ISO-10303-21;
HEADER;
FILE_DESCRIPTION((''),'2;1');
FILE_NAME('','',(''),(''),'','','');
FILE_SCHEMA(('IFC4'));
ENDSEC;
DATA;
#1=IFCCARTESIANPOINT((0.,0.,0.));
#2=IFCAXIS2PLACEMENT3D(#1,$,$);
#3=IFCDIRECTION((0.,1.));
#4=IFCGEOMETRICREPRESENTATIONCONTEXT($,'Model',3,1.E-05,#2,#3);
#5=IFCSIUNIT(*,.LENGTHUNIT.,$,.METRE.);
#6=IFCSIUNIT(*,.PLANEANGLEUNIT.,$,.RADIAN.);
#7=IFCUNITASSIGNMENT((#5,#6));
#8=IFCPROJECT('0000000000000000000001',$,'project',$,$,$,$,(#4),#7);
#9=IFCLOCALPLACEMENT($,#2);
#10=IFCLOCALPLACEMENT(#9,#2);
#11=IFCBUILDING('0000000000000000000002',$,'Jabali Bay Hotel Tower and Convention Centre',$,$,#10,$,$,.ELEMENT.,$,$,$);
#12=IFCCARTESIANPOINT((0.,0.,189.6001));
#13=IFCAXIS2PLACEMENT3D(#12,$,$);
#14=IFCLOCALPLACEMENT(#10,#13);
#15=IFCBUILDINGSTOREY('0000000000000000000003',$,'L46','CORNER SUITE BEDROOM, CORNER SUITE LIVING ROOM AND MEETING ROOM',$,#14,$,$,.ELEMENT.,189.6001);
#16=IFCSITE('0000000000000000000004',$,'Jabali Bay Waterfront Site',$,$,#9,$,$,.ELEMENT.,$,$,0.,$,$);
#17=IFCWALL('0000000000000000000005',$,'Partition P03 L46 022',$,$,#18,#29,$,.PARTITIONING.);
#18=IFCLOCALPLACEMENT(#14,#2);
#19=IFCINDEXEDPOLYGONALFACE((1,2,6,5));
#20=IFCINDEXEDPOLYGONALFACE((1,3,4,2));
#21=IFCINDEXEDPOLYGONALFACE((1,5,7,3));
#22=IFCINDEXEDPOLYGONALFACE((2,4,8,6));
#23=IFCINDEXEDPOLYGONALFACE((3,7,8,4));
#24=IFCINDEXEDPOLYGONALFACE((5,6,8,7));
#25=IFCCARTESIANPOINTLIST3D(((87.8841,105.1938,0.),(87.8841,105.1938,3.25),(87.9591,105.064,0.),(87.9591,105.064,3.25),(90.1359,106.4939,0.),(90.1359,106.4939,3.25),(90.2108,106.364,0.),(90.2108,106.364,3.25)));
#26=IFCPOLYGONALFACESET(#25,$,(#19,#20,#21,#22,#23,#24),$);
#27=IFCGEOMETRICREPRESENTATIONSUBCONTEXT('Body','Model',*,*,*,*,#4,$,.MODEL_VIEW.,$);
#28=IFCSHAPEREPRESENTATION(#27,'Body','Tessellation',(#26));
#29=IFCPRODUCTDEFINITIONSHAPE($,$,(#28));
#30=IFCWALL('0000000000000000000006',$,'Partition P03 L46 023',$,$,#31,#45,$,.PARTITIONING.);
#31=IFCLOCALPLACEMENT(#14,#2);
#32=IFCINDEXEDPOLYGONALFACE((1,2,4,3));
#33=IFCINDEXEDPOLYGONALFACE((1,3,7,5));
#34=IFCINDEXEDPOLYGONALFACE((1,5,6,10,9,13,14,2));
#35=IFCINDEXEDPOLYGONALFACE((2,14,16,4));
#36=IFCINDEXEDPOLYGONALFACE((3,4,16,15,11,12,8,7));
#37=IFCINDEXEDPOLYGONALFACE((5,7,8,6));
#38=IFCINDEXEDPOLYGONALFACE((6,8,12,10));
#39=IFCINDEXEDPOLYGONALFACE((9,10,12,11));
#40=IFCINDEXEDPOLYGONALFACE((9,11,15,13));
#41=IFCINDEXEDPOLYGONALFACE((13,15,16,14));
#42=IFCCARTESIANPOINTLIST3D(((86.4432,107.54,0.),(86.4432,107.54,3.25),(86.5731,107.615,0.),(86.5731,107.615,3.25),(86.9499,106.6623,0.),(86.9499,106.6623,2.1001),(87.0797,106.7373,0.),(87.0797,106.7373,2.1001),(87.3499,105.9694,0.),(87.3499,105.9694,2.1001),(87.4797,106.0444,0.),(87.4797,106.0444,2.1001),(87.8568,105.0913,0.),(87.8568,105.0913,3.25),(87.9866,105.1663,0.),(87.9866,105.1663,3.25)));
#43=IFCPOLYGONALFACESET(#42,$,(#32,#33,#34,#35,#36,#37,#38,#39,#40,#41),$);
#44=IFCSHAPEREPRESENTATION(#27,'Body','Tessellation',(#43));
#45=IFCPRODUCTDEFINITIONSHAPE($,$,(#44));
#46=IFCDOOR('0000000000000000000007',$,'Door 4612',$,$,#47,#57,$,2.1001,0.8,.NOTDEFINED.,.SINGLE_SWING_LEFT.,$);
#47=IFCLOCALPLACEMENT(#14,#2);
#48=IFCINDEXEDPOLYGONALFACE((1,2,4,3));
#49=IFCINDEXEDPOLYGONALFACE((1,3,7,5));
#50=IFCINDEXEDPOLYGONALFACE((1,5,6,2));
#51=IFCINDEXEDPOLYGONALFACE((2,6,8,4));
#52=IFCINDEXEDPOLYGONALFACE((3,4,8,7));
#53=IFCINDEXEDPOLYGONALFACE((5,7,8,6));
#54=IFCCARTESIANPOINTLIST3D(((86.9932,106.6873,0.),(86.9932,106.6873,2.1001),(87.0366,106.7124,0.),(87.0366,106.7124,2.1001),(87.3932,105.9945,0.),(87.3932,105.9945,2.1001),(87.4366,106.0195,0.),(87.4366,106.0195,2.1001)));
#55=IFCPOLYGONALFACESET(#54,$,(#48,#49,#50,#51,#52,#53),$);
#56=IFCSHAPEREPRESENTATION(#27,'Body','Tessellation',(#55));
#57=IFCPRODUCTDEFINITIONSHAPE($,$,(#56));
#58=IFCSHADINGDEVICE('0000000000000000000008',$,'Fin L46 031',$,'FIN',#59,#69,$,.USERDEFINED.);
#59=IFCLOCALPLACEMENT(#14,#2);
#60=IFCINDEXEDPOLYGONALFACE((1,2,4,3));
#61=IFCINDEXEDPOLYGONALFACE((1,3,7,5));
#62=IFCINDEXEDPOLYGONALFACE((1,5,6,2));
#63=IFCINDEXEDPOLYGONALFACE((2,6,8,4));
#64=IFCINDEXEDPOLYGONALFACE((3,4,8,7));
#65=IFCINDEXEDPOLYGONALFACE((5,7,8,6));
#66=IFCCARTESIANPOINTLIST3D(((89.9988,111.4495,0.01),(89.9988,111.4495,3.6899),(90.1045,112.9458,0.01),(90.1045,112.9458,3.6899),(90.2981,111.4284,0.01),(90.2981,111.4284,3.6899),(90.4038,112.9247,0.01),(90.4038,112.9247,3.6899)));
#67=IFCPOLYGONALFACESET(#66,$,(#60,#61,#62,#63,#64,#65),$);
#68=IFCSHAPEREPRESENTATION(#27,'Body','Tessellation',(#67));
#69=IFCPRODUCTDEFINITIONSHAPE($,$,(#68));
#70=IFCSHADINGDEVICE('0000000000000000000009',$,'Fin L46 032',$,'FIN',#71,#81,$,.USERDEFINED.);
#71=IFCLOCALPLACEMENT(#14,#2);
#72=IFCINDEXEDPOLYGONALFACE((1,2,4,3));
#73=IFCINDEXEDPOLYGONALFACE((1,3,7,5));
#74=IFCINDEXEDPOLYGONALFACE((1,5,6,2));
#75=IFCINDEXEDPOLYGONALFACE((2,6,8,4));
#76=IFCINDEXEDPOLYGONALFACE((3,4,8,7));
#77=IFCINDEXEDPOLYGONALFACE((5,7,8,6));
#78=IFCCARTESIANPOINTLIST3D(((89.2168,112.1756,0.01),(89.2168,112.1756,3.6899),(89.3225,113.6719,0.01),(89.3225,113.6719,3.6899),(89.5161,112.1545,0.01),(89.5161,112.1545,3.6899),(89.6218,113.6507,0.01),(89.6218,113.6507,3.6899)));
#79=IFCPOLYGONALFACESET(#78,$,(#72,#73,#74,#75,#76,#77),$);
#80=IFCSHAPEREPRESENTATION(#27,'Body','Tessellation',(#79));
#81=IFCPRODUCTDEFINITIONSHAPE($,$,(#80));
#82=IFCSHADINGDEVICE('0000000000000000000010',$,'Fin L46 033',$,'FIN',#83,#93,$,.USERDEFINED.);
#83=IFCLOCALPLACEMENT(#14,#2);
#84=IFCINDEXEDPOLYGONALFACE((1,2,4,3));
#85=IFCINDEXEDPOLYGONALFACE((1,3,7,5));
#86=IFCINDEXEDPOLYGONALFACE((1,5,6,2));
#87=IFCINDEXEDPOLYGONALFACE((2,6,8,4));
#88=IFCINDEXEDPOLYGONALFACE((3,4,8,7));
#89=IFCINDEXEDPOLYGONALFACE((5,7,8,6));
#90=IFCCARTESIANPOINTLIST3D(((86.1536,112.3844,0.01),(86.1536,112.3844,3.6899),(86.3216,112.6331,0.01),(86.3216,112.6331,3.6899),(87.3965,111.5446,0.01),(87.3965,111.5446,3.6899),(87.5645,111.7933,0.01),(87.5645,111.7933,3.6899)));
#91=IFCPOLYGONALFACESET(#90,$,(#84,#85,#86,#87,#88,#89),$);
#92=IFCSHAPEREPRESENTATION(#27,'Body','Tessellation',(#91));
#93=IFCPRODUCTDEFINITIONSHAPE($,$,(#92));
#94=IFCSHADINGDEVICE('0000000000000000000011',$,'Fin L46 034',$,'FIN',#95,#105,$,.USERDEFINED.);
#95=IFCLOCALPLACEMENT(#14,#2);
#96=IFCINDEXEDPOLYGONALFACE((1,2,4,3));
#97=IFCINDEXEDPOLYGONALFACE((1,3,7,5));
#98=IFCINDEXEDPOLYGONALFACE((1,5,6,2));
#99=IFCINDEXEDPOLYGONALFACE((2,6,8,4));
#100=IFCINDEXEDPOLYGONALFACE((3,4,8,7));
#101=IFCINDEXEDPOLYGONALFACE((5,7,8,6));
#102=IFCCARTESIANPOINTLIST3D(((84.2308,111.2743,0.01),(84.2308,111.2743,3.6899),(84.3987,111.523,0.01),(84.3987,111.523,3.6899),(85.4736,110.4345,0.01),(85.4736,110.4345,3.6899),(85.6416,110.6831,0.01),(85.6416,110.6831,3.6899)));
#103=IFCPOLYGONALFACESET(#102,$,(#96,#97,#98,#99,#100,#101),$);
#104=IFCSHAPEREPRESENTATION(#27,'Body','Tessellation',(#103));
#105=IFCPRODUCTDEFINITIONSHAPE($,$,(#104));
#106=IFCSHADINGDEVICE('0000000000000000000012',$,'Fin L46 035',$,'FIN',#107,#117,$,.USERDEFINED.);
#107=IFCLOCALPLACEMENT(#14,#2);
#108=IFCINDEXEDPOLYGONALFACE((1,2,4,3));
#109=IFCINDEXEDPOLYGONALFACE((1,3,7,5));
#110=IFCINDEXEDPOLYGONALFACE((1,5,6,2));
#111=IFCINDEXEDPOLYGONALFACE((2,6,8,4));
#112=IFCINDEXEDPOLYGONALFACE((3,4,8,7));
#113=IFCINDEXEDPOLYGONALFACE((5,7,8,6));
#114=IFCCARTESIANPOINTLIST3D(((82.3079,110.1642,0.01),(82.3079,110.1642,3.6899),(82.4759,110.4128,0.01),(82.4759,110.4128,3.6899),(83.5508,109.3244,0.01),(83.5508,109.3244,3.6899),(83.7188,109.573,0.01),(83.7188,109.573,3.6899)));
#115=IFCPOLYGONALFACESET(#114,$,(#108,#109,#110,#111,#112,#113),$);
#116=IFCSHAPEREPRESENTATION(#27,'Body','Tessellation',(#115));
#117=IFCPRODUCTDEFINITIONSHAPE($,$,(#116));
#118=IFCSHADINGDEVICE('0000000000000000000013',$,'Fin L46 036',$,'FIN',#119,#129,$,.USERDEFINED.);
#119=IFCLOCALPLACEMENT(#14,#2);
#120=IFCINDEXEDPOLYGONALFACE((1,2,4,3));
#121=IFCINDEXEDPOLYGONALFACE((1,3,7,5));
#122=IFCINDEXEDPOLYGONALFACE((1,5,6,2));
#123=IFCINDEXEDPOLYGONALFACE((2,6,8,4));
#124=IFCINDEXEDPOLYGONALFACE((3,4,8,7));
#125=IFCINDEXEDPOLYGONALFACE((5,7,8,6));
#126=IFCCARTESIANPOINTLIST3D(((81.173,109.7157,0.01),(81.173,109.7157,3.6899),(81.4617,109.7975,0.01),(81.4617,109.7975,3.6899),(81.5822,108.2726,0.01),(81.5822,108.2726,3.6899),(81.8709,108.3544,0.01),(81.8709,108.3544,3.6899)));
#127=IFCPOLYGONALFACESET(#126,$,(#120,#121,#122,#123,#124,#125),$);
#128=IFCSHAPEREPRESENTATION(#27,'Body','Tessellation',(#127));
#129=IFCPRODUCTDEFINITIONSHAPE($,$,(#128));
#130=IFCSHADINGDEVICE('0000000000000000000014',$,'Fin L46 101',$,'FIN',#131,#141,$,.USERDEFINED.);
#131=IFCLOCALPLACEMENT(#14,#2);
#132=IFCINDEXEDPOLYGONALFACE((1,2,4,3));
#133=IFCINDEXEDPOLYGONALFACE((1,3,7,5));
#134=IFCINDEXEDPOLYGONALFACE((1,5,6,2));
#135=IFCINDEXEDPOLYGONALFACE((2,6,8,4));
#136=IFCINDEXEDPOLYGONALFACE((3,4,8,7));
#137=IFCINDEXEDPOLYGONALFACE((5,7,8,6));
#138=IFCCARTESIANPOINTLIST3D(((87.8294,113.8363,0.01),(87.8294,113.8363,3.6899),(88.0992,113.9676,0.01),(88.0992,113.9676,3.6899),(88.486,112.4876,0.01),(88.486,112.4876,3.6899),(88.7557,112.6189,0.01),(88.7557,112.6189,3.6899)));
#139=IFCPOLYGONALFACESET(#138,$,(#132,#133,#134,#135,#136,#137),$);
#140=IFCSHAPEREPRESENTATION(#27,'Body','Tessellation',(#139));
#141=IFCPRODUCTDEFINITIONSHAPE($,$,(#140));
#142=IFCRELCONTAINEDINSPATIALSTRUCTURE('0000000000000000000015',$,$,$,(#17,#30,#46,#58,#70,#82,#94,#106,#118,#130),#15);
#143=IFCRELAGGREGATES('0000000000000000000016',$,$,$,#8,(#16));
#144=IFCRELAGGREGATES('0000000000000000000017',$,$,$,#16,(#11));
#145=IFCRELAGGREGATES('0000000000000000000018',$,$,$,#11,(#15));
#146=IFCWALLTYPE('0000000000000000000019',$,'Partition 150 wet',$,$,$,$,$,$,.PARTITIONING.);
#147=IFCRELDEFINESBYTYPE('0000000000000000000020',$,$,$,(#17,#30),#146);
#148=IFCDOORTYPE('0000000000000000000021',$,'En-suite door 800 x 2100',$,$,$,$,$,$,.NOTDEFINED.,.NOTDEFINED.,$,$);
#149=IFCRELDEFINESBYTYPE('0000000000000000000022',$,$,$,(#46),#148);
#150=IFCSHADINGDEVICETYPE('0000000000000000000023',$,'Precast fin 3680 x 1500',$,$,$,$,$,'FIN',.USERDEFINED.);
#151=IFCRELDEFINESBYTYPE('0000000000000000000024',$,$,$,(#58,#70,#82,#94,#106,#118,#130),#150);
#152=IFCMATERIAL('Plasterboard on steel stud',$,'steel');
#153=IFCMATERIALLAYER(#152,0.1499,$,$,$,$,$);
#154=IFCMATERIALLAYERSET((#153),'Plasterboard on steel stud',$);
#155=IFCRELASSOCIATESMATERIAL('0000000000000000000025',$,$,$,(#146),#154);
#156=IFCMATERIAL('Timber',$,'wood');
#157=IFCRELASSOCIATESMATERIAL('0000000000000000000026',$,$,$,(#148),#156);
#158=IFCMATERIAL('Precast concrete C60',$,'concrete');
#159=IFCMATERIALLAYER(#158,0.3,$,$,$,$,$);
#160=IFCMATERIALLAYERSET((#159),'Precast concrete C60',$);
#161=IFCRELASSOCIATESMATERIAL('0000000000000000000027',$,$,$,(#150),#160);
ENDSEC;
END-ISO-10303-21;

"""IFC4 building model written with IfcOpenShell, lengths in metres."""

from ifc_helpers import new_model, si_unit, direction, frame, frame_2d, origin, place, context, subcontext, project, spatial, rectangle, extrude, material, layer, layer_set, type_object, element, fill, save


model = new_model("IFC4")

# Units and contexts
model_context = context("Model", 3, precision=1e-05, world=origin(), true_north=direction((0.0, 1.0)))
body_context = subcontext(model_context, "Body", "Model", "MODEL_VIEW")
ifc_project = project(units=[si_unit("LENGTHUNIT", "METRE"), si_unit("PLANEANGLEUNIT", "RADIAN")], contexts=[model_context])

# Site, building, storey
site_placement = place(None, origin())
site = spatial("IfcSite", under=ifc_project, at=site_placement, Name="Jabali Bay Waterfront Site", CompositionType="ELEMENT", RefElevation=0.0)
building_placement = place(site_placement, origin())
building = spatial("IfcBuilding", under=site, at=building_placement, Name="Jabali Bay Hotel Tower and Convention Centre", CompositionType="ELEMENT")
storey_placement = place(building_placement, frame((0.0, 0.0, 189.6001)))
storey = spatial("IfcBuildingStorey", under=building, at=storey_placement, Name="L46", Description="CORNER SUITE BEDROOM, CORNER SUITE LIVING ROOM AND MEETING ROOM", CompositionType="ELEMENT", Elevation=189.6001)

# Wall
ifc_material_1 = material(Name="Plasterboard on steel stud", Category="steel")
ifc_layer_1 = layer(ifc_material_1, 0.1499)
ifc_layer_set_1 = layer_set([ifc_layer_1], Name="Plasterboard on steel stud")
wall_type_1 = type_object("IfcWallType", Name="Partition 150 wet", PredefinedType="PARTITIONING", material=ifc_layer_set_1)
wall_1_placement = place(storey_placement, frame((90.1733, 106.429, 0.0), z_axis=(0.0, 0.0, 1.0), x_axis=(-0.866021, -0.500007, 0.0)))
element("IfcWall", 1, at=wall_1_placement, inside=storey, type_object=wall_type_1, Name="Partition P03 L46 022", PredefinedType="PARTITIONING", context=body_context, shape_type="SweptSolid", body=[
    extrude(rectangle(XDim=2.6001, YDim=0.1499, at=frame_2d((1.3, 0.0))), origin(), (0.0, 0.0, 1.0), 3.25),
])

# Wall, opening, door
wall_2_placement = place(storey_placement, frame((87.9216, 105.1289, 0.0), z_axis=(0.0, 0.0, 1.0), x_axis=(-0.499947, 0.866056, 0.0)))
wall_2 = element("IfcWall", 2, at=wall_2_placement, inside=storey, type_object=wall_type_1, Name="Partition P03 L46 023", PredefinedType="PARTITIONING", context=body_context, shape_type="SweptSolid", body=[
    extrude(rectangle(XDim=2.8274, YDim=0.1499, at=frame_2d((1.4136, 0.0))), origin(), (0.0, 0.0, 1.0), 3.25),
])
opening_1_placement = place(wall_2_placement, frame((1.0139, 0.0, 0.0)))
opening_1 = element("IfcOpeningElement", 3, at=opening_1_placement, cuts=wall_2, PredefinedType="OPENING", context=body_context, shape_type="SweptSolid", body=[
    extrude(rectangle(XDim=0.8, YDim=2.1001, at=frame_2d((0.3999, 1.05))), frame((0.0, 0.0854, 0.0), z_axis=(0.0, -1.0, 0.0), x_axis=(1.0, 0.0, 0.0)), (0.0, 0.0, 1.0), 0.1709),
])
ifc_material_2 = material(Name="Timber", Category="wood")
door_type = type_object("IfcDoorType", Name="En-suite door 800 x 2100", OperationType="NOTDEFINED", PredefinedType="NOTDEFINED", material=ifc_material_2)
door_placement = place(opening_1_placement, origin())
door = element("IfcDoor", 4, at=door_placement, inside=storey, type_object=door_type, Name="Door 4612", OperationType="SINGLE_SWING_LEFT", OverallHeight=2.1001, OverallWidth=0.8, PredefinedType="NOTDEFINED", context=body_context, shape_type="SweptSolid", body=[
    extrude(rectangle(XDim=0.8, YDim=2.1001, at=frame_2d((0.3999, 1.05))), frame((0.0, 0.0249, 0.0), z_axis=(0.0, -1.0, 0.0), x_axis=(1.0, 0.0, 0.0)), (0.0, 0.0, 1.0), 0.05),
])
fill(opening_1, door)

# Shading devices
ifc_material_3 = material(Name="Precast concrete C60", Category="concrete")
ifc_layer_2 = layer(ifc_material_3, 0.3)
ifc_layer_set_2 = layer_set([ifc_layer_2], Name="Precast concrete C60")
shading_device_type = type_object("IfcShadingDeviceType", Name="Precast fin 3680 x 1500", ElementType="FIN", PredefinedType="USERDEFINED", material=ifc_layer_set_2)
for number, where, z_axis, x_axis, name in (
    (5, (90.1484, 111.439, 0.01), (0.0, 0.0, 1.0), (0.070472, 0.997514, 0.0), "Fin L46 031"),
    (6, (89.3665, 112.165, 0.01), (0.0, 0.0, 1.0), (0.070472, 0.997514, 0.0), "Fin L46 032"),
    (7, (87.4805, 111.6689, 0.01), (0.0, 0.0, 1.0), (-0.828579, 0.559873, 0.0), "Fin L46 033"),
    (8, (85.5576, 110.5588, 0.01), (0.0, 0.0, 1.0), (-0.828579, 0.559873, 0.0), "Fin L46 034"),
    (9, (83.6348, 109.4487, 0.01), (0.0, 0.0, 1.0), (-0.828579, 0.559873, 0.0), "Fin L46 035"),
    (10, (81.7266, 108.3135, 0.01), (0.0, 0.0, 1.0), (-0.272786, 0.962075, 0.0), "Fin L46 036"),
    (11, (88.6208, 112.5532, 0.01), (0.0, 0.0, 1.0), (-0.437683, 0.899129, 0.0), "Fin L46 101"),
):
    element("IfcShadingDevice", number, at=place(storey_placement, frame(where, z_axis=z_axis, x_axis=x_axis)), inside=storey, type_object=shading_device_type, Name=name, ObjectType="FIN", PredefinedType="USERDEFINED", context=body_context, shape_type="SweptSolid", body=[
        extrude(rectangle(XDim=1.5, YDim=0.3, at=frame_2d((0.75, 0.0))), origin(), (0.0, 0.0, 1.0), 3.6799),
    ])

save(model, "model.ifc")
